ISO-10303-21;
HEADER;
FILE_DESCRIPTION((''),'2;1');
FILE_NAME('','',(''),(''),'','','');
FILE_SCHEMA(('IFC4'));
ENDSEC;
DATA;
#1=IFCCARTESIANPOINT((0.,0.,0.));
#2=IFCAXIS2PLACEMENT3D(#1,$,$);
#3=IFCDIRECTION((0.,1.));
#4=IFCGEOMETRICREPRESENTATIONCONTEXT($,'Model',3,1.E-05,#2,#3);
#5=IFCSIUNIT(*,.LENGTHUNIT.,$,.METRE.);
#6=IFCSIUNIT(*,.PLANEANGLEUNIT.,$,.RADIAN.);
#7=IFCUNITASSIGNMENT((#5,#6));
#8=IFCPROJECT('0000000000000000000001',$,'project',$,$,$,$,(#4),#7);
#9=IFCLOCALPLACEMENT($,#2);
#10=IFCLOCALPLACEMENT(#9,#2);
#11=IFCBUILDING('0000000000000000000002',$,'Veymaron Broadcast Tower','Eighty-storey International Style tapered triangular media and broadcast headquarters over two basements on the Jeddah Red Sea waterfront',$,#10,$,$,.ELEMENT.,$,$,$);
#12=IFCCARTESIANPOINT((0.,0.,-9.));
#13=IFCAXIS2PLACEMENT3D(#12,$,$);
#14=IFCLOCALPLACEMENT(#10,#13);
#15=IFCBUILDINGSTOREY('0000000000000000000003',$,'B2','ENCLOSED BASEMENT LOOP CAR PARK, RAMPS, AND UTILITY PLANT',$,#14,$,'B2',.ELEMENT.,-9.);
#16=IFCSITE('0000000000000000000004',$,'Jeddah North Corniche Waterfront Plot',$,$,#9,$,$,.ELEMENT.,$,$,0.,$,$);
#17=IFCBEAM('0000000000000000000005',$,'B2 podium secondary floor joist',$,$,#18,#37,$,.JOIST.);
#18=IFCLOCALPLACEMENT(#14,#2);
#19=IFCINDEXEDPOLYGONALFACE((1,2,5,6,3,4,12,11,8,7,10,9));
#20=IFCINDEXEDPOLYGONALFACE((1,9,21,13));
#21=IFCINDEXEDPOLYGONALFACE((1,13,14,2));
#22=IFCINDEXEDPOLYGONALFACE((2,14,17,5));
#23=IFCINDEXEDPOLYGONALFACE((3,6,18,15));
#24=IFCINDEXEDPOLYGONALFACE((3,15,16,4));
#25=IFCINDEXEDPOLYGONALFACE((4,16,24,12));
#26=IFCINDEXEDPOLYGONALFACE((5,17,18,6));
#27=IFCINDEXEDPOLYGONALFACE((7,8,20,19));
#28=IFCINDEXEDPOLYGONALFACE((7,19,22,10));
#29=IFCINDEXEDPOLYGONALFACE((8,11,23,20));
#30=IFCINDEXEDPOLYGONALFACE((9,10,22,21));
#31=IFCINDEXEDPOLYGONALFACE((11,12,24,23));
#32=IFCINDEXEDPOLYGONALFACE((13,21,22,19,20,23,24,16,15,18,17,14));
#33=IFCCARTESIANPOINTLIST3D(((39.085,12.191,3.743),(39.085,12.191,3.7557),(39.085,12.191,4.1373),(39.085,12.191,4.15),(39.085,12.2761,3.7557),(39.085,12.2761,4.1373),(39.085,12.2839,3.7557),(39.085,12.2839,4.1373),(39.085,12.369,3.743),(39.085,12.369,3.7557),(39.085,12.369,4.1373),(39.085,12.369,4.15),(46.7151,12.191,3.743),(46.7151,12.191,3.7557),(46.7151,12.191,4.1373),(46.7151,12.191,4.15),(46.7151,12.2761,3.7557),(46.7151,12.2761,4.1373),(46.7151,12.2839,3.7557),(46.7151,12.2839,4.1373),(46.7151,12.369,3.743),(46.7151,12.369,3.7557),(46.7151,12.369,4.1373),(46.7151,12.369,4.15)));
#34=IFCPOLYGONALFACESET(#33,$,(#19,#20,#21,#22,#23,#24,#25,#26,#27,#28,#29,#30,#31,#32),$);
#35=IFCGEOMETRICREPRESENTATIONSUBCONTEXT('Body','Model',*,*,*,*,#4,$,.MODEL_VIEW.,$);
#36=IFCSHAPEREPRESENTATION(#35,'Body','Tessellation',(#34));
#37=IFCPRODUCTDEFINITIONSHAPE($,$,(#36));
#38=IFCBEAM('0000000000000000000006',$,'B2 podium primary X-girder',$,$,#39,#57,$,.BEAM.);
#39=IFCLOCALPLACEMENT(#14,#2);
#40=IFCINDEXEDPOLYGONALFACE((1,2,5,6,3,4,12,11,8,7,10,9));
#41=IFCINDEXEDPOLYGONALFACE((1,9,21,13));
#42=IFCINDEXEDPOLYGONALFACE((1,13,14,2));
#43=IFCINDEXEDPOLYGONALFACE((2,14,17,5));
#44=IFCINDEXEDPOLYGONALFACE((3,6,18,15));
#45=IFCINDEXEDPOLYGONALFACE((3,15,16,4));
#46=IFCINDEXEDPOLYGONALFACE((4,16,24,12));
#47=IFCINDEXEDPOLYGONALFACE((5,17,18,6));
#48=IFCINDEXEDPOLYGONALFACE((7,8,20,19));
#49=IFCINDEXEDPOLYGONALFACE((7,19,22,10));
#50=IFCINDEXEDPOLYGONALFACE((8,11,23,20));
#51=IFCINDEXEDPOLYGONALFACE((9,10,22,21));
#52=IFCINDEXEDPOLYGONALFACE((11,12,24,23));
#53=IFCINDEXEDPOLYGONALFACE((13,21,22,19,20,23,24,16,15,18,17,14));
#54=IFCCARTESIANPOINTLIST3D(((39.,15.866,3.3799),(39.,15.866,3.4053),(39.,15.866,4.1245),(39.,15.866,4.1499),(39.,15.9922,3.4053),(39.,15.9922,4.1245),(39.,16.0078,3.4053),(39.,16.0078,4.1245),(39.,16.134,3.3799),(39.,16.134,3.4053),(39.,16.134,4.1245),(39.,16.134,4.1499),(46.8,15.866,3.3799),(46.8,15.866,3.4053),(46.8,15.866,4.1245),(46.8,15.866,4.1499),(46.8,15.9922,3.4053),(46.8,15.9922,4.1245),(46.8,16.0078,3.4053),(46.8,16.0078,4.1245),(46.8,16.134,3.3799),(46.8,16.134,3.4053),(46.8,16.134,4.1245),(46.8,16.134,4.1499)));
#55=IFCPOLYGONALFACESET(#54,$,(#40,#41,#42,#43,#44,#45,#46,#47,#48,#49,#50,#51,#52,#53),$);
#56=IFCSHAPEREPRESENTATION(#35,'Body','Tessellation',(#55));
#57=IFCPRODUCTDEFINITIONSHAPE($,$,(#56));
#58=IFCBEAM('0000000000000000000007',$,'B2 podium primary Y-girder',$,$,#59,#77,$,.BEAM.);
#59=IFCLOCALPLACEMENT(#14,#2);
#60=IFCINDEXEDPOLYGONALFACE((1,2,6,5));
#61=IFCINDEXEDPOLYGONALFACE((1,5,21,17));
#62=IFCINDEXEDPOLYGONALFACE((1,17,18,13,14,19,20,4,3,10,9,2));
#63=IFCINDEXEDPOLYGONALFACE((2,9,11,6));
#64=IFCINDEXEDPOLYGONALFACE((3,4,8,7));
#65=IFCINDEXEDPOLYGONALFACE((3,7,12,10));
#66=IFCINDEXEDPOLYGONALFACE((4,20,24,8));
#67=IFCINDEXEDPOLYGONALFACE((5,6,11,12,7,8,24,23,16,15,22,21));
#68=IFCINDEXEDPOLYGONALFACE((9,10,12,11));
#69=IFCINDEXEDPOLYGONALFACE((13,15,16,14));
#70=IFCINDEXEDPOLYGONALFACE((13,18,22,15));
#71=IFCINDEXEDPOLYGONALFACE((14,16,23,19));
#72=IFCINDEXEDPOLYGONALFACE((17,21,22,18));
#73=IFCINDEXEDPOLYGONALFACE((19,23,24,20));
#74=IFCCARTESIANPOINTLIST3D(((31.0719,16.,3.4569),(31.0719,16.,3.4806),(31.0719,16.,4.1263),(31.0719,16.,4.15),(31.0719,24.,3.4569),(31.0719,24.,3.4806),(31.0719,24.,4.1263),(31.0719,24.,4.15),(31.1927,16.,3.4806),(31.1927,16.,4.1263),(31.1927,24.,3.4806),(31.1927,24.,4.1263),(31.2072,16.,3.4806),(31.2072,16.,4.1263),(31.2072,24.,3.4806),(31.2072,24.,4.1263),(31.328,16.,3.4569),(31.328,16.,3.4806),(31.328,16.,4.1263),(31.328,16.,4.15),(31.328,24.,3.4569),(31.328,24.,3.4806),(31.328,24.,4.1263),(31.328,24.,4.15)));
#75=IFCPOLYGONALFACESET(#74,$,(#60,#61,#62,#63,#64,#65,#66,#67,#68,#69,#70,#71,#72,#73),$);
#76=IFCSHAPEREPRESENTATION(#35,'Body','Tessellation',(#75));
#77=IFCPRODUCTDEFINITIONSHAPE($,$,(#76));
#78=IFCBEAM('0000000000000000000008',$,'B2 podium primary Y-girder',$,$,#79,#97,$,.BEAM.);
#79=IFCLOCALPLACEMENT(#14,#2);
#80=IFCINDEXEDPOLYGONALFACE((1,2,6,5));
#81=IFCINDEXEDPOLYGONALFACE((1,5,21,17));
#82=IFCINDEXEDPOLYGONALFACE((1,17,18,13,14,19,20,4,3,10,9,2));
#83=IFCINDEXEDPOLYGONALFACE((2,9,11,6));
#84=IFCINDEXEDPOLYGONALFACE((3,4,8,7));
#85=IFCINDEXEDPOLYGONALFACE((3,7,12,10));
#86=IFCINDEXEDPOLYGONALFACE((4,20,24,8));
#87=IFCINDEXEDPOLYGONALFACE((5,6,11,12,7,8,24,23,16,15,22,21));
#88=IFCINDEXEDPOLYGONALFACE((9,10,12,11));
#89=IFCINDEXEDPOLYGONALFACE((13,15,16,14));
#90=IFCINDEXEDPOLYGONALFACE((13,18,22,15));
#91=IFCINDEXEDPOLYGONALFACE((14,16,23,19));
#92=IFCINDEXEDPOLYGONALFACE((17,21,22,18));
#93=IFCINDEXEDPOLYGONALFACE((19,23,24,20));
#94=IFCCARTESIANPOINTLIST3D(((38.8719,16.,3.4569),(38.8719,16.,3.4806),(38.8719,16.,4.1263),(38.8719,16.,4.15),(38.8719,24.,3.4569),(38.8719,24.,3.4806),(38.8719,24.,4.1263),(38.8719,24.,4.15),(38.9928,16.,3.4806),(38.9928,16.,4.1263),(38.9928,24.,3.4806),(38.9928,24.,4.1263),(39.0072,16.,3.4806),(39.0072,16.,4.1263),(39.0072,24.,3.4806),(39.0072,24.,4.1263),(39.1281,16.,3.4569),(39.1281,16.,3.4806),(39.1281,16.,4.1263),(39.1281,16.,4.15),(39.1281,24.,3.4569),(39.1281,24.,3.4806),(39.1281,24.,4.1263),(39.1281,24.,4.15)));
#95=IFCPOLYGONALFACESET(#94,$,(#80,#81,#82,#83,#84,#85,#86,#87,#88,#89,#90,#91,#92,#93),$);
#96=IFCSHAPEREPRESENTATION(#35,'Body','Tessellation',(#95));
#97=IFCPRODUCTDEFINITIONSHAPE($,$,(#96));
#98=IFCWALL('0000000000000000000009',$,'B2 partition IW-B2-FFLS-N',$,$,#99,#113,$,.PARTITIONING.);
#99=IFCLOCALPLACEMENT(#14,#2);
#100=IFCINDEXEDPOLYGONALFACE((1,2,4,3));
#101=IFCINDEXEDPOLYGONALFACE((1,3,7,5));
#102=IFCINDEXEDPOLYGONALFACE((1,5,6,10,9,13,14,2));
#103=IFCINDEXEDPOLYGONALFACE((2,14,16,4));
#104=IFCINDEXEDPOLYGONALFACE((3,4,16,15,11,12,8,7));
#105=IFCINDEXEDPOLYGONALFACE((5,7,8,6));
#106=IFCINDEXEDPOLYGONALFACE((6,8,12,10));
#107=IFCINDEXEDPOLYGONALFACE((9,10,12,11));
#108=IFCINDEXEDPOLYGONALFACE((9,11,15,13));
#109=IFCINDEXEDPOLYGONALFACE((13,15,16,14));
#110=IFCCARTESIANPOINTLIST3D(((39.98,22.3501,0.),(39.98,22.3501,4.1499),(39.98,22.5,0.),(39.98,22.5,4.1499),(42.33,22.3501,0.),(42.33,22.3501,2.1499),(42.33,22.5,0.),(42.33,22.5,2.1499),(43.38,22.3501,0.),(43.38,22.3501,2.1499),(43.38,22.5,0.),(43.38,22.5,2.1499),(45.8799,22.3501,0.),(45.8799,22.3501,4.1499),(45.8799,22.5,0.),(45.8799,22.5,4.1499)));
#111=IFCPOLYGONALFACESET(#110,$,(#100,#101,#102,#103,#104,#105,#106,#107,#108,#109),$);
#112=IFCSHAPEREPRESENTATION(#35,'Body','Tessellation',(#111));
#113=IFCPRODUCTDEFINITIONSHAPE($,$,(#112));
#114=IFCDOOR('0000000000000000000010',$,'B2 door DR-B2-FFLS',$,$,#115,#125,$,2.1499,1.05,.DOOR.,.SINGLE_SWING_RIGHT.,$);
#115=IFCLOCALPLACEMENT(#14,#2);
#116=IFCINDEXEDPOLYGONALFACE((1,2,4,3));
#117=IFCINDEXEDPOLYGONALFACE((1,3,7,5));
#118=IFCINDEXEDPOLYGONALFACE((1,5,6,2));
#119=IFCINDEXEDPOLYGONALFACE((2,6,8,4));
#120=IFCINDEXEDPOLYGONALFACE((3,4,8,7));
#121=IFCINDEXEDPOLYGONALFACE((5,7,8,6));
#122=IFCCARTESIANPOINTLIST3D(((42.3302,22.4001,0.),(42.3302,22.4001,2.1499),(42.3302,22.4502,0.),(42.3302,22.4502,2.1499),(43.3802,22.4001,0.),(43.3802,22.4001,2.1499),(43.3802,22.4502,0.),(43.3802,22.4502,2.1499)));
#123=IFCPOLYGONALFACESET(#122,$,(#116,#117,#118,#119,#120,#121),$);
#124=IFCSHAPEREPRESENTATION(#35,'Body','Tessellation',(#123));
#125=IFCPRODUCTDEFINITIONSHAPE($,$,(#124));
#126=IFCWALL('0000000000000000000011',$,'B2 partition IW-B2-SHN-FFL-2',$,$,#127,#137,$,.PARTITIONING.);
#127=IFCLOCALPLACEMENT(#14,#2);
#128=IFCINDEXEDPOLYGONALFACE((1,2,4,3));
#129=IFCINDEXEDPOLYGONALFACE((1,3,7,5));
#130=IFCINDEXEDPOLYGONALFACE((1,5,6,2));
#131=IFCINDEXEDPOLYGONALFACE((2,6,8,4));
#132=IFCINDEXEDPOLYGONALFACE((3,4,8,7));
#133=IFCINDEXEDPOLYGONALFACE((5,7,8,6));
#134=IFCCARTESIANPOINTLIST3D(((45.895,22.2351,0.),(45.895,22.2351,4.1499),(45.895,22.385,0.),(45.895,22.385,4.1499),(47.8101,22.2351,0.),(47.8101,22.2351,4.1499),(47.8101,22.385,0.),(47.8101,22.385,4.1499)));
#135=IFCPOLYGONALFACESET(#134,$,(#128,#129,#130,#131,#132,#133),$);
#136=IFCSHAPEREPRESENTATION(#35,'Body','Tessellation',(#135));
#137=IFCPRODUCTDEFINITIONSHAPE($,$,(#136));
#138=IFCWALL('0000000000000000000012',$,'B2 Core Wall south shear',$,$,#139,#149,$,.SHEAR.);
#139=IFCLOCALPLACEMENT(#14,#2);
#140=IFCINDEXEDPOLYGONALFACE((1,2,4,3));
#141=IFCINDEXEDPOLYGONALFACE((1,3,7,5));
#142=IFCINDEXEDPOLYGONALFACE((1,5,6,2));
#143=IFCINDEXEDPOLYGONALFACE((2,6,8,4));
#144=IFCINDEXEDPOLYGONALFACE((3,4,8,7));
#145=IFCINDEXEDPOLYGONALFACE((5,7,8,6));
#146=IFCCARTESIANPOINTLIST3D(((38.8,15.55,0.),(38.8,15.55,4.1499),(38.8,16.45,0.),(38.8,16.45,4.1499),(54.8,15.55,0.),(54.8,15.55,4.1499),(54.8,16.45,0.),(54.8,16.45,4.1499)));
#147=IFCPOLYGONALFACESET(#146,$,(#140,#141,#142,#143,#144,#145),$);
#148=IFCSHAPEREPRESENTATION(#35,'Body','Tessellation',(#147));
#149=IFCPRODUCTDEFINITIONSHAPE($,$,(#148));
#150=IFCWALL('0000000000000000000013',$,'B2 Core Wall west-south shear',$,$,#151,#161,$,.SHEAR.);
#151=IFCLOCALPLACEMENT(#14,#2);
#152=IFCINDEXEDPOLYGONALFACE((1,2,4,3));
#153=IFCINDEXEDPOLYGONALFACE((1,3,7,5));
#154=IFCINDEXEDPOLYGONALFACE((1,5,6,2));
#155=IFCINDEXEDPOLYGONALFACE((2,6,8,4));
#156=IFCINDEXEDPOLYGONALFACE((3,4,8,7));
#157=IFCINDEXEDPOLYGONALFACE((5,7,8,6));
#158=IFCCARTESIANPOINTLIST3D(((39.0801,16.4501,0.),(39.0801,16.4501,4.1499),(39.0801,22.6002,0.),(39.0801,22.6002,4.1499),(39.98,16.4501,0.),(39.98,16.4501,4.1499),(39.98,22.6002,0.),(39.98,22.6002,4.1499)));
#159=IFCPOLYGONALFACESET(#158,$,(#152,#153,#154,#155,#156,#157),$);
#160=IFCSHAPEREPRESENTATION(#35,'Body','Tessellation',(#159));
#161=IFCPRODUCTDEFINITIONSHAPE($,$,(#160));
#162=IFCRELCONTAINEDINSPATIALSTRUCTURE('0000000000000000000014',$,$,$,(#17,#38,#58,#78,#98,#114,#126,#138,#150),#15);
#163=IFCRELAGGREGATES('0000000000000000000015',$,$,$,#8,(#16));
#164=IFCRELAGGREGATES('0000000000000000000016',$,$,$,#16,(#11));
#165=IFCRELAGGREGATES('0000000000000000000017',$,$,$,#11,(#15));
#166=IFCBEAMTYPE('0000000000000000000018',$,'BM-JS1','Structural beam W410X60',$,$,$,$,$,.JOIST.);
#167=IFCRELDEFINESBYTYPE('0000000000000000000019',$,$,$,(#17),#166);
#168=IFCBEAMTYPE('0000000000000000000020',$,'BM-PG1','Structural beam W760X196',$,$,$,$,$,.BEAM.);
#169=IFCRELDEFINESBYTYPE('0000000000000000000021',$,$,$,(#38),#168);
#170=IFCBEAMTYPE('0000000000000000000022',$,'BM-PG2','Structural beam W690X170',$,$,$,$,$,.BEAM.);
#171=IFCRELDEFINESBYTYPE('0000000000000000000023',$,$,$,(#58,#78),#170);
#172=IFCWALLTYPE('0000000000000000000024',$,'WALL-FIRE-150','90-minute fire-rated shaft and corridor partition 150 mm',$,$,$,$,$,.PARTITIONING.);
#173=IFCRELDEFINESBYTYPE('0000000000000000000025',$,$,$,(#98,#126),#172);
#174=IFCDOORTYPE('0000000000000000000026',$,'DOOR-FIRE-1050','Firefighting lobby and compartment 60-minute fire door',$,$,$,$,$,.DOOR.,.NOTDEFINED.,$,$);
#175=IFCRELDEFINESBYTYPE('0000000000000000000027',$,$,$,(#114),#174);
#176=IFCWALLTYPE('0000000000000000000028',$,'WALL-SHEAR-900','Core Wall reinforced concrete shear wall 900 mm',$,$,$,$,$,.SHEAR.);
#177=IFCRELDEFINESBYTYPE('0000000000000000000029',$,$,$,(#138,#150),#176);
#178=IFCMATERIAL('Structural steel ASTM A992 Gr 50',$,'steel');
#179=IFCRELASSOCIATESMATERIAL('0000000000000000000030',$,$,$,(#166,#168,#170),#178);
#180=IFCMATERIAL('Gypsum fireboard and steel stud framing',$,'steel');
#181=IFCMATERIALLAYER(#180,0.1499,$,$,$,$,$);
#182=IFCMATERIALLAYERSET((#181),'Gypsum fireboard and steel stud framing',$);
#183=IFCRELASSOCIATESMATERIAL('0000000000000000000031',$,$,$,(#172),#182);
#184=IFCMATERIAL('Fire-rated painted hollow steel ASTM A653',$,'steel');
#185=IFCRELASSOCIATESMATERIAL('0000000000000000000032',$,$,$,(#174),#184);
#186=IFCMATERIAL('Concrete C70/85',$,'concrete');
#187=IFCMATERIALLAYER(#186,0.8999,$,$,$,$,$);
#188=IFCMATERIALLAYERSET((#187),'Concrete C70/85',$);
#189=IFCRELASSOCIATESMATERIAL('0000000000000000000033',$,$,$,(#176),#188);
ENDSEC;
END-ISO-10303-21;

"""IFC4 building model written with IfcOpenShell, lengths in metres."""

from ifc_helpers import new_model, si_unit, direction, frame, frame_2d, origin, origin_2d, place, context, subcontext, project, spatial, rectangle, i_section, extrude, material, layer, layer_set, material_profile, profile_set, type_object, element, fill, save


model = new_model("IFC4")

# Units and contexts
model_context = context("Model", 3, precision=1e-05, world=origin(), true_north=direction((0.0, 1.0)))
body_context = subcontext(model_context, "Body", "Model", "MODEL_VIEW")
ifc_project = project(units=[si_unit("LENGTHUNIT", "METRE"), si_unit("PLANEANGLEUNIT", "RADIAN")], contexts=[model_context])

# Site, building, storey
site_placement = place(None, origin())
site = spatial("IfcSite", under=ifc_project, at=site_placement, Name="Jeddah North Corniche Waterfront Plot", CompositionType="ELEMENT", RefElevation=0.0)
building_placement = place(site_placement, origin())
building = spatial("IfcBuilding", under=site, at=building_placement, Name="Veymaron Broadcast Tower", Description="Eighty-storey International Style tapered triangular media and broadcast headquarters over two basements on the Jeddah Red Sea waterfront", CompositionType="ELEMENT")
storey_placement = place(building_placement, frame((0.0, 0.0, -9.0)))
storey = spatial("IfcBuildingStorey", under=building, at=storey_placement, Name="B2", Description="ENCLOSED BASEMENT LOOP CAR PARK, RAMPS, AND UTILITY PLANT", LongName="B2", CompositionType="ELEMENT", Elevation=-9.0)

# Beams
ifc_material_1 = material(Name="Concrete C70/85", Category="concrete")
ifc_material_2 = material(Name="Structural steel ASTM A992 Gr 50", Category="steel")
ifc_material_profile_1 = material_profile(ifc_material_2, i_section(OverallWidth=0.178, OverallDepth=0.407, WebThickness=0.0078, FlangeThickness=0.0127, at=origin_2d()), Name="W410X60")
ifc_profile_set_1 = profile_set([ifc_material_profile_1], Name="Structural steel ASTM A992 Gr 50")
beam_type_1 = type_object("IfcBeamType", Name="BM-JS1", Description="Structural beam W410X60", PredefinedType="JOIST", material=ifc_profile_set_1)
for number, where, z_axis, x_axis, name in (
    (1, (39.085, 12.28, 3.9465), (1.0, 0.0, 0.0), (0.0, 1.0, 0.0), "B2 podium secondary floor joist"),
):
    element("IfcBeam", number, at=place(storey_placement, frame(where, z_axis=z_axis, x_axis=x_axis)), inside=storey, type_object=beam_type_1, Name=name, PredefinedType="JOIST", context=body_context, shape_type="SweptSolid", body=[
        extrude(i_section(OverallWidth=0.178, OverallDepth=0.407, WebThickness=0.0078, FlangeThickness=0.0127, at=origin_2d()), origin(), (0.0, 0.0, 1.0), 7.6301),
    ])
ifc_material_profile_2 = material_profile(ifc_material_2, i_section(OverallWidth=0.2681, OverallDepth=0.77, WebThickness=0.0156, FlangeThickness=0.0254, at=origin_2d()), Name="W760X196")
ifc_profile_set_2 = profile_set([ifc_material_profile_2], Name="Structural steel ASTM A992 Gr 50")
beam_type_2 = type_object("IfcBeamType", Name="BM-PG1", Description="Structural beam W760X196", PredefinedType="BEAM", material=ifc_profile_set_2)
beam_1_placement = place(storey_placement, frame((39.0, 16.0, 3.7649), z_axis=(1.0, 0.0, 0.0), x_axis=(0.0, 1.0, 0.0)))
element("IfcBeam", 2, at=beam_1_placement, inside=storey, type_object=beam_type_2, Name="B2 podium primary X-girder", PredefinedType="BEAM", context=body_context, shape_type="SweptSolid", body=[
    extrude(i_section(OverallWidth=0.2681, OverallDepth=0.77, WebThickness=0.0156, FlangeThickness=0.0254, at=origin_2d()), origin(), (0.0, 0.0, 1.0), 7.8),
])
ifc_material_profile_3 = material_profile(ifc_material_2, i_section(OverallWidth=0.2561, OverallDepth=0.6931, WebThickness=0.0144, FlangeThickness=0.0237, at=origin_2d()), Name="W690X170")
ifc_profile_set_3 = profile_set([ifc_material_profile_3], Name="Structural steel ASTM A992 Gr 50")
beam_type_3 = type_object("IfcBeamType", Name="BM-PG2", Description="Structural beam W690X170", PredefinedType="BEAM", material=ifc_profile_set_3)
for number, where, z_axis, x_axis, name in (
    (3, (31.2, 16.0, 3.8035), (0.0, 1.0, 0.0), (-1.0, 0.0, 0.0), "B2 podium primary Y-girder"),
    (4, (39.0, 16.0, 3.8035), (0.0, 1.0, 0.0), (-1.0, 0.0, 0.0), "B2 podium primary Y-girder"),
):
    element("IfcBeam", number, at=place(storey_placement, frame(where, z_axis=z_axis, x_axis=x_axis)), inside=storey, type_object=beam_type_3, Name=name, PredefinedType="BEAM", context=body_context, shape_type="SweptSolid", body=[
        extrude(i_section(OverallWidth=0.2561, OverallDepth=0.6931, WebThickness=0.0144, FlangeThickness=0.0237, at=origin_2d()), origin(), (0.0, 0.0, 1.0), 8.0),
    ])

# Wall, opening, door
ifc_material_3 = material(Name="Gypsum fireboard and steel stud framing", Category="steel")
ifc_layer_1 = layer(ifc_material_3, 0.1499)
ifc_layer_set_1 = layer_set([ifc_layer_1], Name="Gypsum fireboard and steel stud framing")
wall_type_1 = type_object("IfcWallType", Name="WALL-FIRE-150", Description="90-minute fire-rated shaft and corridor partition 150 mm", PredefinedType="PARTITIONING", material=ifc_layer_set_1)
wall_1_placement = place(storey_placement, frame((39.98, 22.425, 0.0), z_axis=(0.0, 0.0, 1.0), x_axis=(1.0, 0.0, 0.0)))
wall_1 = element("IfcWall", 5, at=wall_1_placement, inside=storey, type_object=wall_type_1, Name="B2 partition IW-B2-FFLS-N", PredefinedType="PARTITIONING", context=body_context, shape_type="SweptSolid", body=[
    extrude(rectangle(XDim=5.8999, YDim=0.1499, at=frame_2d((2.95, 0.0))), origin(), (0.0, 0.0, 1.0), 4.1499),
])
opening_1_placement = place(wall_1_placement, frame((2.3501, 0.0, 0.0)))
opening_1 = element("IfcOpeningElement", 6, at=opening_1_placement, cuts=wall_1, PredefinedType="OPENING", context=body_context, shape_type="SweptSolid", body=[
    extrude(rectangle(XDim=1.05, YDim=2.1499, at=frame_2d((0.5249, 1.075))), frame((0.0, 0.085, 0.0), z_axis=(0.0, -1.0, 0.0), x_axis=(1.0, 0.0, 0.0)), (0.0, 0.0, 1.0), 0.1699),
])
ifc_material_4 = material(Name="Fire-rated painted hollow steel ASTM A653", Category="steel")
door_type_1 = type_object("IfcDoorType", Name="DOOR-FIRE-1050", Description="Firefighting lobby and compartment 60-minute fire door", OperationType="NOTDEFINED", PredefinedType="DOOR", material=ifc_material_4)
door_1_placement = place(opening_1_placement, frame((1.05, 0.0, 0.0), z_axis=(0.0, 0.0, 1.0), x_axis=(-1.0, 0.0, 0.0)))
door_1 = element("IfcDoor", 7, at=door_1_placement, inside=storey, type_object=door_type_1, Name="B2 door DR-B2-FFLS", OperationType="SINGLE_SWING_RIGHT", OverallHeight=2.1499, OverallWidth=1.05, PredefinedType="DOOR", context=body_context, shape_type="SweptSolid", body=[
    extrude(rectangle(XDim=1.05, YDim=2.1499, at=frame_2d((0.5249, 1.075))), frame((0.0, 0.0249, 0.0), z_axis=(0.0, -1.0, 0.0), x_axis=(1.0, 0.0, 0.0)), (0.0, 0.0, 1.0), 0.05),
])
fill(opening_1, door_1)

# Wall
wall_2_placement = place(storey_placement, frame((45.895, 22.3101, 0.0), z_axis=(0.0, 0.0, 1.0), x_axis=(1.0, 0.0, 0.0)))
element("IfcWall", 8, at=wall_2_placement, inside=storey, type_object=wall_type_1, Name="B2 partition IW-B2-SHN-FFL-2", PredefinedType="PARTITIONING", context=body_context, shape_type="SweptSolid", body=[
    extrude(rectangle(XDim=1.915, YDim=0.1499, at=frame_2d((0.9575, 0.0))), origin(), (0.0, 0.0, 1.0), 4.1499),
])

# Walls
ifc_layer_2 = layer(ifc_material_1, 0.8999)
ifc_layer_set_2 = layer_set([ifc_layer_2], Name="Concrete C70/85")
wall_type_2 = type_object("IfcWallType", Name="WALL-SHEAR-900", Description="Core Wall reinforced concrete shear wall 900 mm", PredefinedType="SHEAR", material=ifc_layer_set_2)
wall_3_placement = place(storey_placement, frame((38.8, 16.0, 0.0), z_axis=(0.0, 0.0, 1.0), x_axis=(1.0, 0.0, 0.0)))
element("IfcWall", 9, at=wall_3_placement, inside=storey, type_object=wall_type_2, Name="B2 Core Wall south shear", PredefinedType="SHEAR", context=body_context, shape_type="SweptSolid", body=[
    extrude(rectangle(XDim=16.0, YDim=0.8999, at=frame_2d((8.0, 0.0))), origin(), (0.0, 0.0, 1.0), 4.1499),
])
wall_4_placement = place(storey_placement, frame((39.53, 16.45, 0.0), z_axis=(0.0, 0.0, 1.0), x_axis=(0.0, 1.0, 0.0)))
element("IfcWall", 10, at=wall_4_placement, inside=storey, type_object=wall_type_2, Name="B2 Core Wall west-south shear", PredefinedType="SHEAR", context=body_context, shape_type="SweptSolid", body=[
    extrude(rectangle(XDim=6.1501, YDim=0.8999, at=frame_2d((3.0752, 0.0))), origin(), (0.0, 0.0, 1.0), 4.1499),
])

save(model, "model.ifc")
